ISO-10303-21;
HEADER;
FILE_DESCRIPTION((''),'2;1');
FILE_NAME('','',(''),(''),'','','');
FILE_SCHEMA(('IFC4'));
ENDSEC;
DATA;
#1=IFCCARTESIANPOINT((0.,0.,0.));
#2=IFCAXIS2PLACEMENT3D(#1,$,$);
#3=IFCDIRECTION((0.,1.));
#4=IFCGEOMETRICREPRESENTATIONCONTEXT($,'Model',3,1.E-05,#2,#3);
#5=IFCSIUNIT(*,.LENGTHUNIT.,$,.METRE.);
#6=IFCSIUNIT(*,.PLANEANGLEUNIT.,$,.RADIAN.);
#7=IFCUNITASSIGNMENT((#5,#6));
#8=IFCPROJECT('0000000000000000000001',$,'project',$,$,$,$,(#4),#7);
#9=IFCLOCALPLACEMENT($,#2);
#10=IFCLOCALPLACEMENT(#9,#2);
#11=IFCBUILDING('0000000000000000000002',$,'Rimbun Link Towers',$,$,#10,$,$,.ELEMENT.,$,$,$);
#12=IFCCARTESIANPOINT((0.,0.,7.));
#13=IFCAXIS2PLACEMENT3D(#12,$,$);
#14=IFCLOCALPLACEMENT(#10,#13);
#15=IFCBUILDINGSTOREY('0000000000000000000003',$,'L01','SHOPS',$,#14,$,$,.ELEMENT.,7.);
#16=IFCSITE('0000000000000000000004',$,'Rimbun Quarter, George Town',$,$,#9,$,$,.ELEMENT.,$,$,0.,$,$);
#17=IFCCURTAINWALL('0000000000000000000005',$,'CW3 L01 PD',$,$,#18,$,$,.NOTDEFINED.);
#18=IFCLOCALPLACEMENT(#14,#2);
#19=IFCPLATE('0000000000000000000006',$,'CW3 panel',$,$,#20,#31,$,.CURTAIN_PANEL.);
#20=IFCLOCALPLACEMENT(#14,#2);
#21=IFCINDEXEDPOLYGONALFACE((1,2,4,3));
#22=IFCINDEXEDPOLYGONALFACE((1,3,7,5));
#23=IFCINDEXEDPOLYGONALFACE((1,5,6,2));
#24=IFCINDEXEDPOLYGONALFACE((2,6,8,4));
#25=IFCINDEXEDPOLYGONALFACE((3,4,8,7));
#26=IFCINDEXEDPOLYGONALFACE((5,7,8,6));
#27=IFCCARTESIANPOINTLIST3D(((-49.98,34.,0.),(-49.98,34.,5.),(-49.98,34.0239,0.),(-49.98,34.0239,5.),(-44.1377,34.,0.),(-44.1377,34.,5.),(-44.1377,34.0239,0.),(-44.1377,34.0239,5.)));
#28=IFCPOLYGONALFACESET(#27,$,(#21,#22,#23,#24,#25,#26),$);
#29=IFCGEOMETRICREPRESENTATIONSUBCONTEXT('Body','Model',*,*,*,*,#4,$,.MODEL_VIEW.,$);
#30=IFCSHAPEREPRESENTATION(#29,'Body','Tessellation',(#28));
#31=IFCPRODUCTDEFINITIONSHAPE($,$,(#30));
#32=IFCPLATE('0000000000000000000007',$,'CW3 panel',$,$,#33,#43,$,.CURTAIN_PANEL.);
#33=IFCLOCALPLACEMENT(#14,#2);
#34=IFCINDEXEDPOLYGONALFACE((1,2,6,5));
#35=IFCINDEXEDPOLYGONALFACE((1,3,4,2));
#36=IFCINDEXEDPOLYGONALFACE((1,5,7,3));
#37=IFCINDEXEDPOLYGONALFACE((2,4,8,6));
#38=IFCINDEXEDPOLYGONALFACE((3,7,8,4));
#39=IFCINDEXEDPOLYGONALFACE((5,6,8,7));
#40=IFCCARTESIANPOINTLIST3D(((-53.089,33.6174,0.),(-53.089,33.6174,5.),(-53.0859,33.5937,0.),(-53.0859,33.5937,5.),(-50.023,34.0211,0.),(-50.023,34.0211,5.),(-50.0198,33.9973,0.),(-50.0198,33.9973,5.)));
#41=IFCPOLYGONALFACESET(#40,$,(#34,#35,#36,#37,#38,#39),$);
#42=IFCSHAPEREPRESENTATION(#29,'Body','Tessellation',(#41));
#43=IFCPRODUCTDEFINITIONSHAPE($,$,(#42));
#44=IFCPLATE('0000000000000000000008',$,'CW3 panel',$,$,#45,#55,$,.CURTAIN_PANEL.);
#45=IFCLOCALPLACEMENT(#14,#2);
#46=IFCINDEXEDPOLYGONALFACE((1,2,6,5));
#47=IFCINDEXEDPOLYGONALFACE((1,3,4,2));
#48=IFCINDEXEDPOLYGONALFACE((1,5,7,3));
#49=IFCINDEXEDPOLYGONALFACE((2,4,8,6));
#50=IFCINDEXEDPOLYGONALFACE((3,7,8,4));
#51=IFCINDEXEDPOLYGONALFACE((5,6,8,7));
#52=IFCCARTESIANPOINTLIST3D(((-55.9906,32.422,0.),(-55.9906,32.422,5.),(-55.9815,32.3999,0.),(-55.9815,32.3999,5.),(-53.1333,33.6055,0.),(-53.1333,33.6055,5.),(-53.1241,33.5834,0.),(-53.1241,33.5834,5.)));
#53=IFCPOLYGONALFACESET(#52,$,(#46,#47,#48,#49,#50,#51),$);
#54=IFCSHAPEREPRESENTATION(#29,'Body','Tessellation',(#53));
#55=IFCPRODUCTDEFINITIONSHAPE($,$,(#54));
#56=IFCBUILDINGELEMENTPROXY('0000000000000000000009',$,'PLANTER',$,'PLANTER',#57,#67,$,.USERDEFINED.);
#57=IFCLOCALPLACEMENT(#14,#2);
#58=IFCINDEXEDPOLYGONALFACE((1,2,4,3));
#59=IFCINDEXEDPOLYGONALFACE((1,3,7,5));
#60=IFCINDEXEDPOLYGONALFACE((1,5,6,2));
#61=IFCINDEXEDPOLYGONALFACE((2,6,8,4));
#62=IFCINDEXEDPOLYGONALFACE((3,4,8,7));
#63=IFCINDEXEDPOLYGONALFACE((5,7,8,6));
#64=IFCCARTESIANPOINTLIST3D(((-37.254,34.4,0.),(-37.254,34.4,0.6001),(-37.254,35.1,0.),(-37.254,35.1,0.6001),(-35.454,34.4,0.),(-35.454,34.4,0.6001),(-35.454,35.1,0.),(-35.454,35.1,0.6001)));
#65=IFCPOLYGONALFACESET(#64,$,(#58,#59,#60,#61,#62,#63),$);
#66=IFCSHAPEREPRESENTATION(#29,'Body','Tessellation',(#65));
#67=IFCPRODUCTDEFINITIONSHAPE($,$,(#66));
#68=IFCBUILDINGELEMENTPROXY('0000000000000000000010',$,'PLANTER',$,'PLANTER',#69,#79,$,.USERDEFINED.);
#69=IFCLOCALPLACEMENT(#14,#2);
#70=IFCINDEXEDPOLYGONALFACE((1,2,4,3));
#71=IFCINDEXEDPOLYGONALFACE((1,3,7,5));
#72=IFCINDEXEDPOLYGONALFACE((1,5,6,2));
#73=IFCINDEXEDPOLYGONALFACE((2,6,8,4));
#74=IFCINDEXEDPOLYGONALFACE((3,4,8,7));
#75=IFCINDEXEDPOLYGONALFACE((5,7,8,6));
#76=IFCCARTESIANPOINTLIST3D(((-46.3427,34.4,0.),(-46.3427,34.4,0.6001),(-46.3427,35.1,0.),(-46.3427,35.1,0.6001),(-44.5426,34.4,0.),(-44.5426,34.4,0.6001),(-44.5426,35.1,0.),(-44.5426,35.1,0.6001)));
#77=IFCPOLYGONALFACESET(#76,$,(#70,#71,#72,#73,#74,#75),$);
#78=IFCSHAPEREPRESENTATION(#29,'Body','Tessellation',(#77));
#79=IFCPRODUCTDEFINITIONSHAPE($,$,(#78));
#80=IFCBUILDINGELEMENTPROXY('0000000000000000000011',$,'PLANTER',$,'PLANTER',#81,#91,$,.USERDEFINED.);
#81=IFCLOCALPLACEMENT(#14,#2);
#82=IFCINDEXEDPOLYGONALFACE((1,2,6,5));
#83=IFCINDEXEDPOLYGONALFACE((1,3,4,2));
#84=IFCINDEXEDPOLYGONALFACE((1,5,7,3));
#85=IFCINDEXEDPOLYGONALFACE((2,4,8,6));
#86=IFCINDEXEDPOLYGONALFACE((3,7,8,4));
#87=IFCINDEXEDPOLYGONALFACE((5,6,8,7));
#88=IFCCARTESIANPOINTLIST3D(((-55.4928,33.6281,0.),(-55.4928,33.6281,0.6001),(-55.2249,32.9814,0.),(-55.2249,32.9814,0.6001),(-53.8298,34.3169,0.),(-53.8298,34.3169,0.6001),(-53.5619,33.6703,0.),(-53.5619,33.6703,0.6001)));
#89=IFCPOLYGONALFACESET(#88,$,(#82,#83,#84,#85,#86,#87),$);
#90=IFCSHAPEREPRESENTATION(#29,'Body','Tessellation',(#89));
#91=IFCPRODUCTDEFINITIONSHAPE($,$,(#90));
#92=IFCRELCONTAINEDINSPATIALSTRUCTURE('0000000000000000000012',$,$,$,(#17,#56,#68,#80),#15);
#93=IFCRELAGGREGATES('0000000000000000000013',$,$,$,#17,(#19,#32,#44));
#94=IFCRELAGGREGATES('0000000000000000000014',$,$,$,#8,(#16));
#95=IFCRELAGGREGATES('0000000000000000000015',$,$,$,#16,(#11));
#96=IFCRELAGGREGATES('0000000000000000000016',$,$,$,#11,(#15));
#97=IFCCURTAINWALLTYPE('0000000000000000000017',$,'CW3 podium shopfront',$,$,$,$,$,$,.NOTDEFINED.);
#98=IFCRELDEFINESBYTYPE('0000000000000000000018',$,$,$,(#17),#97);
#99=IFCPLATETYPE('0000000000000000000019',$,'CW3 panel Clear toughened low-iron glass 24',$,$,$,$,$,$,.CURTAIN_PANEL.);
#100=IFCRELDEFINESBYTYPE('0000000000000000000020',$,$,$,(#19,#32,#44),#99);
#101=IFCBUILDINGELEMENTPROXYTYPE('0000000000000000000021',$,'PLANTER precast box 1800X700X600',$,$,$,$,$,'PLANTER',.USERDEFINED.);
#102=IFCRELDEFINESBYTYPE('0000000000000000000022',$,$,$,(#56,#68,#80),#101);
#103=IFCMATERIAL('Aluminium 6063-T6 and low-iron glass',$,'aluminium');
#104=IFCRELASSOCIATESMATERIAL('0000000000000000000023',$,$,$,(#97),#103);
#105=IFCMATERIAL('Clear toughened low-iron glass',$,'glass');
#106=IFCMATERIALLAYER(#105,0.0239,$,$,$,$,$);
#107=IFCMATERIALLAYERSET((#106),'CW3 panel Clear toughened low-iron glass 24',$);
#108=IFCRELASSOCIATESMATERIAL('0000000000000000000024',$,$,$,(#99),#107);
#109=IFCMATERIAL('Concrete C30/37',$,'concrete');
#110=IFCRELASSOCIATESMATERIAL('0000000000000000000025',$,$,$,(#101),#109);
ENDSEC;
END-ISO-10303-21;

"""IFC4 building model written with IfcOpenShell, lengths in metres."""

from ifc_helpers import new_model, si_unit, direction, frame, origin, origin_2d, place, context, subcontext, project, spatial, rectangle, extrude, material, layer, layer_set, type_object, element, aggregate, save


model = new_model("IFC4")

# Units and contexts
model_context = context("Model", 3, precision=1e-05, world=origin(), true_north=direction((0.0, 1.0)))
body_context = subcontext(model_context, "Body", "Model", "MODEL_VIEW")
ifc_project = project(units=[si_unit("LENGTHUNIT", "METRE"), si_unit("PLANEANGLEUNIT", "RADIAN")], contexts=[model_context])

# Site, building, storey
site_placement = place(None, origin())
site = spatial("IfcSite", under=ifc_project, at=site_placement, Name="Rimbun Quarter, George Town", CompositionType="ELEMENT", RefElevation=0.0)
building_placement = place(site_placement, origin())
building = spatial("IfcBuilding", under=site, at=building_placement, Name="Rimbun Link Towers", CompositionType="ELEMENT")
storey_placement = place(building_placement, frame((0.0, 0.0, 7.0)))
storey = spatial("IfcBuildingStorey", under=building, at=storey_placement, Name="L01", Description="SHOPS", CompositionType="ELEMENT", Elevation=7.0)

# Curtain wall
ifc_material_1 = material(Name="Aluminium 6063-T6 and low-iron glass", Category="aluminium")
curtain_wall_type = type_object("IfcCurtainWallType", Name="CW3 podium shopfront", PredefinedType="NOTDEFINED", material=ifc_material_1)
curtain_wall_placement = place(storey_placement, origin())
curtain_wall = element("IfcCurtainWall", 1, at=curtain_wall_placement, inside=storey, type_object=curtain_wall_type, Name="CW3 L01 PD", PredefinedType="NOTDEFINED")

# Plates
ifc_material_2 = material(Name="Clear toughened low-iron glass", Category="glass")
ifc_layer = layer(ifc_material_2, 0.0239)
ifc_layer_set = layer_set([ifc_layer], Name="CW3 panel Clear toughened low-iron glass 24")
plate_type = type_object("IfcPlateType", Name="CW3 panel Clear toughened low-iron glass 24", PredefinedType="CURTAIN_PANEL", material=ifc_layer_set)
plate_1_placement = place(storey_placement, frame((-47.0588, 34.012, 0.0), z_axis=(0.0, 0.0, 1.0), x_axis=(1.0, 0.0, 0.0)))
plate_1 = element("IfcPlate", 2, at=plate_1_placement, type_object=plate_type, Name="CW3 panel", PredefinedType="CURTAIN_PANEL", context=body_context, shape_type="SweptSolid", body=[
    extrude(rectangle(XDim=5.8423, YDim=0.0239, at=origin_2d()), origin(), (0.0, 0.0, 1.0), 5.0),
])
plate_2_placement = place(storey_placement, frame((-51.5544, 33.8074, 0.0), z_axis=(0.0, 0.0, 1.0), x_axis=(0.991444, 0.13053, 0.0)))
plate_2 = element("IfcPlate", 3, at=plate_2_placement, type_object=plate_type, Name="CW3 panel", PredefinedType="CURTAIN_PANEL", context=body_context, shape_type="SweptSolid", body=[
    extrude(rectangle(XDim=3.0925, YDim=0.0239, at=origin_2d()), origin(), (0.0, 0.0, 1.0), 5.0),
])
plate_3_placement = place(storey_placement, frame((-54.5574, 33.0027, 0.0), z_axis=(0.0, 0.0, 1.0), x_axis=(0.923881, 0.382679, 0.0)))
plate_3 = element("IfcPlate", 4, at=plate_3_placement, type_object=plate_type, Name="CW3 panel", PredefinedType="CURTAIN_PANEL", context=body_context, shape_type="SweptSolid", body=[
    extrude(rectangle(XDim=3.0928, YDim=0.0239, at=origin_2d()), origin(), (0.0, 0.0, 1.0), 5.0),
])
aggregate(curtain_wall, [plate_1, plate_2, plate_3])

# Building element proxies
ifc_material_3 = material(Name="Concrete C30/37", Category="concrete")
building_element_proxy_type = type_object("IfcBuildingElementProxyType", Name="PLANTER precast box 1800X700X600", ElementType="PLANTER", PredefinedType="USERDEFINED", material=ifc_material_3)
for number, where, z_axis, x_axis, name in (
    (5, (-36.354, 34.75, 0.0), (0.0, 0.0, 1.0), (-1.0, 0.0, 0.0), "PLANTER"),
    (6, (-45.4426, 34.75, 0.0), (0.0, 0.0, 1.0), (-1.0, 0.0, 0.0), "PLANTER"),
    (7, (-54.5273, 33.6492, 0.0), (0.0, 0.0, 1.0), (-0.923881, -0.382679, 0.0), "PLANTER"),
):
    element("IfcBuildingElementProxy", number, at=place(storey_placement, frame(where, z_axis=z_axis, x_axis=x_axis)), inside=storey, type_object=building_element_proxy_type, Name=name, ObjectType="PLANTER", PredefinedType="USERDEFINED", context=body_context, shape_type="SweptSolid", body=[
        extrude(rectangle(XDim=1.8, YDim=0.7, at=origin_2d()), origin(), (0.0, 0.0, 1.0), 0.6001),
    ])

save(model, "model.ifc")
